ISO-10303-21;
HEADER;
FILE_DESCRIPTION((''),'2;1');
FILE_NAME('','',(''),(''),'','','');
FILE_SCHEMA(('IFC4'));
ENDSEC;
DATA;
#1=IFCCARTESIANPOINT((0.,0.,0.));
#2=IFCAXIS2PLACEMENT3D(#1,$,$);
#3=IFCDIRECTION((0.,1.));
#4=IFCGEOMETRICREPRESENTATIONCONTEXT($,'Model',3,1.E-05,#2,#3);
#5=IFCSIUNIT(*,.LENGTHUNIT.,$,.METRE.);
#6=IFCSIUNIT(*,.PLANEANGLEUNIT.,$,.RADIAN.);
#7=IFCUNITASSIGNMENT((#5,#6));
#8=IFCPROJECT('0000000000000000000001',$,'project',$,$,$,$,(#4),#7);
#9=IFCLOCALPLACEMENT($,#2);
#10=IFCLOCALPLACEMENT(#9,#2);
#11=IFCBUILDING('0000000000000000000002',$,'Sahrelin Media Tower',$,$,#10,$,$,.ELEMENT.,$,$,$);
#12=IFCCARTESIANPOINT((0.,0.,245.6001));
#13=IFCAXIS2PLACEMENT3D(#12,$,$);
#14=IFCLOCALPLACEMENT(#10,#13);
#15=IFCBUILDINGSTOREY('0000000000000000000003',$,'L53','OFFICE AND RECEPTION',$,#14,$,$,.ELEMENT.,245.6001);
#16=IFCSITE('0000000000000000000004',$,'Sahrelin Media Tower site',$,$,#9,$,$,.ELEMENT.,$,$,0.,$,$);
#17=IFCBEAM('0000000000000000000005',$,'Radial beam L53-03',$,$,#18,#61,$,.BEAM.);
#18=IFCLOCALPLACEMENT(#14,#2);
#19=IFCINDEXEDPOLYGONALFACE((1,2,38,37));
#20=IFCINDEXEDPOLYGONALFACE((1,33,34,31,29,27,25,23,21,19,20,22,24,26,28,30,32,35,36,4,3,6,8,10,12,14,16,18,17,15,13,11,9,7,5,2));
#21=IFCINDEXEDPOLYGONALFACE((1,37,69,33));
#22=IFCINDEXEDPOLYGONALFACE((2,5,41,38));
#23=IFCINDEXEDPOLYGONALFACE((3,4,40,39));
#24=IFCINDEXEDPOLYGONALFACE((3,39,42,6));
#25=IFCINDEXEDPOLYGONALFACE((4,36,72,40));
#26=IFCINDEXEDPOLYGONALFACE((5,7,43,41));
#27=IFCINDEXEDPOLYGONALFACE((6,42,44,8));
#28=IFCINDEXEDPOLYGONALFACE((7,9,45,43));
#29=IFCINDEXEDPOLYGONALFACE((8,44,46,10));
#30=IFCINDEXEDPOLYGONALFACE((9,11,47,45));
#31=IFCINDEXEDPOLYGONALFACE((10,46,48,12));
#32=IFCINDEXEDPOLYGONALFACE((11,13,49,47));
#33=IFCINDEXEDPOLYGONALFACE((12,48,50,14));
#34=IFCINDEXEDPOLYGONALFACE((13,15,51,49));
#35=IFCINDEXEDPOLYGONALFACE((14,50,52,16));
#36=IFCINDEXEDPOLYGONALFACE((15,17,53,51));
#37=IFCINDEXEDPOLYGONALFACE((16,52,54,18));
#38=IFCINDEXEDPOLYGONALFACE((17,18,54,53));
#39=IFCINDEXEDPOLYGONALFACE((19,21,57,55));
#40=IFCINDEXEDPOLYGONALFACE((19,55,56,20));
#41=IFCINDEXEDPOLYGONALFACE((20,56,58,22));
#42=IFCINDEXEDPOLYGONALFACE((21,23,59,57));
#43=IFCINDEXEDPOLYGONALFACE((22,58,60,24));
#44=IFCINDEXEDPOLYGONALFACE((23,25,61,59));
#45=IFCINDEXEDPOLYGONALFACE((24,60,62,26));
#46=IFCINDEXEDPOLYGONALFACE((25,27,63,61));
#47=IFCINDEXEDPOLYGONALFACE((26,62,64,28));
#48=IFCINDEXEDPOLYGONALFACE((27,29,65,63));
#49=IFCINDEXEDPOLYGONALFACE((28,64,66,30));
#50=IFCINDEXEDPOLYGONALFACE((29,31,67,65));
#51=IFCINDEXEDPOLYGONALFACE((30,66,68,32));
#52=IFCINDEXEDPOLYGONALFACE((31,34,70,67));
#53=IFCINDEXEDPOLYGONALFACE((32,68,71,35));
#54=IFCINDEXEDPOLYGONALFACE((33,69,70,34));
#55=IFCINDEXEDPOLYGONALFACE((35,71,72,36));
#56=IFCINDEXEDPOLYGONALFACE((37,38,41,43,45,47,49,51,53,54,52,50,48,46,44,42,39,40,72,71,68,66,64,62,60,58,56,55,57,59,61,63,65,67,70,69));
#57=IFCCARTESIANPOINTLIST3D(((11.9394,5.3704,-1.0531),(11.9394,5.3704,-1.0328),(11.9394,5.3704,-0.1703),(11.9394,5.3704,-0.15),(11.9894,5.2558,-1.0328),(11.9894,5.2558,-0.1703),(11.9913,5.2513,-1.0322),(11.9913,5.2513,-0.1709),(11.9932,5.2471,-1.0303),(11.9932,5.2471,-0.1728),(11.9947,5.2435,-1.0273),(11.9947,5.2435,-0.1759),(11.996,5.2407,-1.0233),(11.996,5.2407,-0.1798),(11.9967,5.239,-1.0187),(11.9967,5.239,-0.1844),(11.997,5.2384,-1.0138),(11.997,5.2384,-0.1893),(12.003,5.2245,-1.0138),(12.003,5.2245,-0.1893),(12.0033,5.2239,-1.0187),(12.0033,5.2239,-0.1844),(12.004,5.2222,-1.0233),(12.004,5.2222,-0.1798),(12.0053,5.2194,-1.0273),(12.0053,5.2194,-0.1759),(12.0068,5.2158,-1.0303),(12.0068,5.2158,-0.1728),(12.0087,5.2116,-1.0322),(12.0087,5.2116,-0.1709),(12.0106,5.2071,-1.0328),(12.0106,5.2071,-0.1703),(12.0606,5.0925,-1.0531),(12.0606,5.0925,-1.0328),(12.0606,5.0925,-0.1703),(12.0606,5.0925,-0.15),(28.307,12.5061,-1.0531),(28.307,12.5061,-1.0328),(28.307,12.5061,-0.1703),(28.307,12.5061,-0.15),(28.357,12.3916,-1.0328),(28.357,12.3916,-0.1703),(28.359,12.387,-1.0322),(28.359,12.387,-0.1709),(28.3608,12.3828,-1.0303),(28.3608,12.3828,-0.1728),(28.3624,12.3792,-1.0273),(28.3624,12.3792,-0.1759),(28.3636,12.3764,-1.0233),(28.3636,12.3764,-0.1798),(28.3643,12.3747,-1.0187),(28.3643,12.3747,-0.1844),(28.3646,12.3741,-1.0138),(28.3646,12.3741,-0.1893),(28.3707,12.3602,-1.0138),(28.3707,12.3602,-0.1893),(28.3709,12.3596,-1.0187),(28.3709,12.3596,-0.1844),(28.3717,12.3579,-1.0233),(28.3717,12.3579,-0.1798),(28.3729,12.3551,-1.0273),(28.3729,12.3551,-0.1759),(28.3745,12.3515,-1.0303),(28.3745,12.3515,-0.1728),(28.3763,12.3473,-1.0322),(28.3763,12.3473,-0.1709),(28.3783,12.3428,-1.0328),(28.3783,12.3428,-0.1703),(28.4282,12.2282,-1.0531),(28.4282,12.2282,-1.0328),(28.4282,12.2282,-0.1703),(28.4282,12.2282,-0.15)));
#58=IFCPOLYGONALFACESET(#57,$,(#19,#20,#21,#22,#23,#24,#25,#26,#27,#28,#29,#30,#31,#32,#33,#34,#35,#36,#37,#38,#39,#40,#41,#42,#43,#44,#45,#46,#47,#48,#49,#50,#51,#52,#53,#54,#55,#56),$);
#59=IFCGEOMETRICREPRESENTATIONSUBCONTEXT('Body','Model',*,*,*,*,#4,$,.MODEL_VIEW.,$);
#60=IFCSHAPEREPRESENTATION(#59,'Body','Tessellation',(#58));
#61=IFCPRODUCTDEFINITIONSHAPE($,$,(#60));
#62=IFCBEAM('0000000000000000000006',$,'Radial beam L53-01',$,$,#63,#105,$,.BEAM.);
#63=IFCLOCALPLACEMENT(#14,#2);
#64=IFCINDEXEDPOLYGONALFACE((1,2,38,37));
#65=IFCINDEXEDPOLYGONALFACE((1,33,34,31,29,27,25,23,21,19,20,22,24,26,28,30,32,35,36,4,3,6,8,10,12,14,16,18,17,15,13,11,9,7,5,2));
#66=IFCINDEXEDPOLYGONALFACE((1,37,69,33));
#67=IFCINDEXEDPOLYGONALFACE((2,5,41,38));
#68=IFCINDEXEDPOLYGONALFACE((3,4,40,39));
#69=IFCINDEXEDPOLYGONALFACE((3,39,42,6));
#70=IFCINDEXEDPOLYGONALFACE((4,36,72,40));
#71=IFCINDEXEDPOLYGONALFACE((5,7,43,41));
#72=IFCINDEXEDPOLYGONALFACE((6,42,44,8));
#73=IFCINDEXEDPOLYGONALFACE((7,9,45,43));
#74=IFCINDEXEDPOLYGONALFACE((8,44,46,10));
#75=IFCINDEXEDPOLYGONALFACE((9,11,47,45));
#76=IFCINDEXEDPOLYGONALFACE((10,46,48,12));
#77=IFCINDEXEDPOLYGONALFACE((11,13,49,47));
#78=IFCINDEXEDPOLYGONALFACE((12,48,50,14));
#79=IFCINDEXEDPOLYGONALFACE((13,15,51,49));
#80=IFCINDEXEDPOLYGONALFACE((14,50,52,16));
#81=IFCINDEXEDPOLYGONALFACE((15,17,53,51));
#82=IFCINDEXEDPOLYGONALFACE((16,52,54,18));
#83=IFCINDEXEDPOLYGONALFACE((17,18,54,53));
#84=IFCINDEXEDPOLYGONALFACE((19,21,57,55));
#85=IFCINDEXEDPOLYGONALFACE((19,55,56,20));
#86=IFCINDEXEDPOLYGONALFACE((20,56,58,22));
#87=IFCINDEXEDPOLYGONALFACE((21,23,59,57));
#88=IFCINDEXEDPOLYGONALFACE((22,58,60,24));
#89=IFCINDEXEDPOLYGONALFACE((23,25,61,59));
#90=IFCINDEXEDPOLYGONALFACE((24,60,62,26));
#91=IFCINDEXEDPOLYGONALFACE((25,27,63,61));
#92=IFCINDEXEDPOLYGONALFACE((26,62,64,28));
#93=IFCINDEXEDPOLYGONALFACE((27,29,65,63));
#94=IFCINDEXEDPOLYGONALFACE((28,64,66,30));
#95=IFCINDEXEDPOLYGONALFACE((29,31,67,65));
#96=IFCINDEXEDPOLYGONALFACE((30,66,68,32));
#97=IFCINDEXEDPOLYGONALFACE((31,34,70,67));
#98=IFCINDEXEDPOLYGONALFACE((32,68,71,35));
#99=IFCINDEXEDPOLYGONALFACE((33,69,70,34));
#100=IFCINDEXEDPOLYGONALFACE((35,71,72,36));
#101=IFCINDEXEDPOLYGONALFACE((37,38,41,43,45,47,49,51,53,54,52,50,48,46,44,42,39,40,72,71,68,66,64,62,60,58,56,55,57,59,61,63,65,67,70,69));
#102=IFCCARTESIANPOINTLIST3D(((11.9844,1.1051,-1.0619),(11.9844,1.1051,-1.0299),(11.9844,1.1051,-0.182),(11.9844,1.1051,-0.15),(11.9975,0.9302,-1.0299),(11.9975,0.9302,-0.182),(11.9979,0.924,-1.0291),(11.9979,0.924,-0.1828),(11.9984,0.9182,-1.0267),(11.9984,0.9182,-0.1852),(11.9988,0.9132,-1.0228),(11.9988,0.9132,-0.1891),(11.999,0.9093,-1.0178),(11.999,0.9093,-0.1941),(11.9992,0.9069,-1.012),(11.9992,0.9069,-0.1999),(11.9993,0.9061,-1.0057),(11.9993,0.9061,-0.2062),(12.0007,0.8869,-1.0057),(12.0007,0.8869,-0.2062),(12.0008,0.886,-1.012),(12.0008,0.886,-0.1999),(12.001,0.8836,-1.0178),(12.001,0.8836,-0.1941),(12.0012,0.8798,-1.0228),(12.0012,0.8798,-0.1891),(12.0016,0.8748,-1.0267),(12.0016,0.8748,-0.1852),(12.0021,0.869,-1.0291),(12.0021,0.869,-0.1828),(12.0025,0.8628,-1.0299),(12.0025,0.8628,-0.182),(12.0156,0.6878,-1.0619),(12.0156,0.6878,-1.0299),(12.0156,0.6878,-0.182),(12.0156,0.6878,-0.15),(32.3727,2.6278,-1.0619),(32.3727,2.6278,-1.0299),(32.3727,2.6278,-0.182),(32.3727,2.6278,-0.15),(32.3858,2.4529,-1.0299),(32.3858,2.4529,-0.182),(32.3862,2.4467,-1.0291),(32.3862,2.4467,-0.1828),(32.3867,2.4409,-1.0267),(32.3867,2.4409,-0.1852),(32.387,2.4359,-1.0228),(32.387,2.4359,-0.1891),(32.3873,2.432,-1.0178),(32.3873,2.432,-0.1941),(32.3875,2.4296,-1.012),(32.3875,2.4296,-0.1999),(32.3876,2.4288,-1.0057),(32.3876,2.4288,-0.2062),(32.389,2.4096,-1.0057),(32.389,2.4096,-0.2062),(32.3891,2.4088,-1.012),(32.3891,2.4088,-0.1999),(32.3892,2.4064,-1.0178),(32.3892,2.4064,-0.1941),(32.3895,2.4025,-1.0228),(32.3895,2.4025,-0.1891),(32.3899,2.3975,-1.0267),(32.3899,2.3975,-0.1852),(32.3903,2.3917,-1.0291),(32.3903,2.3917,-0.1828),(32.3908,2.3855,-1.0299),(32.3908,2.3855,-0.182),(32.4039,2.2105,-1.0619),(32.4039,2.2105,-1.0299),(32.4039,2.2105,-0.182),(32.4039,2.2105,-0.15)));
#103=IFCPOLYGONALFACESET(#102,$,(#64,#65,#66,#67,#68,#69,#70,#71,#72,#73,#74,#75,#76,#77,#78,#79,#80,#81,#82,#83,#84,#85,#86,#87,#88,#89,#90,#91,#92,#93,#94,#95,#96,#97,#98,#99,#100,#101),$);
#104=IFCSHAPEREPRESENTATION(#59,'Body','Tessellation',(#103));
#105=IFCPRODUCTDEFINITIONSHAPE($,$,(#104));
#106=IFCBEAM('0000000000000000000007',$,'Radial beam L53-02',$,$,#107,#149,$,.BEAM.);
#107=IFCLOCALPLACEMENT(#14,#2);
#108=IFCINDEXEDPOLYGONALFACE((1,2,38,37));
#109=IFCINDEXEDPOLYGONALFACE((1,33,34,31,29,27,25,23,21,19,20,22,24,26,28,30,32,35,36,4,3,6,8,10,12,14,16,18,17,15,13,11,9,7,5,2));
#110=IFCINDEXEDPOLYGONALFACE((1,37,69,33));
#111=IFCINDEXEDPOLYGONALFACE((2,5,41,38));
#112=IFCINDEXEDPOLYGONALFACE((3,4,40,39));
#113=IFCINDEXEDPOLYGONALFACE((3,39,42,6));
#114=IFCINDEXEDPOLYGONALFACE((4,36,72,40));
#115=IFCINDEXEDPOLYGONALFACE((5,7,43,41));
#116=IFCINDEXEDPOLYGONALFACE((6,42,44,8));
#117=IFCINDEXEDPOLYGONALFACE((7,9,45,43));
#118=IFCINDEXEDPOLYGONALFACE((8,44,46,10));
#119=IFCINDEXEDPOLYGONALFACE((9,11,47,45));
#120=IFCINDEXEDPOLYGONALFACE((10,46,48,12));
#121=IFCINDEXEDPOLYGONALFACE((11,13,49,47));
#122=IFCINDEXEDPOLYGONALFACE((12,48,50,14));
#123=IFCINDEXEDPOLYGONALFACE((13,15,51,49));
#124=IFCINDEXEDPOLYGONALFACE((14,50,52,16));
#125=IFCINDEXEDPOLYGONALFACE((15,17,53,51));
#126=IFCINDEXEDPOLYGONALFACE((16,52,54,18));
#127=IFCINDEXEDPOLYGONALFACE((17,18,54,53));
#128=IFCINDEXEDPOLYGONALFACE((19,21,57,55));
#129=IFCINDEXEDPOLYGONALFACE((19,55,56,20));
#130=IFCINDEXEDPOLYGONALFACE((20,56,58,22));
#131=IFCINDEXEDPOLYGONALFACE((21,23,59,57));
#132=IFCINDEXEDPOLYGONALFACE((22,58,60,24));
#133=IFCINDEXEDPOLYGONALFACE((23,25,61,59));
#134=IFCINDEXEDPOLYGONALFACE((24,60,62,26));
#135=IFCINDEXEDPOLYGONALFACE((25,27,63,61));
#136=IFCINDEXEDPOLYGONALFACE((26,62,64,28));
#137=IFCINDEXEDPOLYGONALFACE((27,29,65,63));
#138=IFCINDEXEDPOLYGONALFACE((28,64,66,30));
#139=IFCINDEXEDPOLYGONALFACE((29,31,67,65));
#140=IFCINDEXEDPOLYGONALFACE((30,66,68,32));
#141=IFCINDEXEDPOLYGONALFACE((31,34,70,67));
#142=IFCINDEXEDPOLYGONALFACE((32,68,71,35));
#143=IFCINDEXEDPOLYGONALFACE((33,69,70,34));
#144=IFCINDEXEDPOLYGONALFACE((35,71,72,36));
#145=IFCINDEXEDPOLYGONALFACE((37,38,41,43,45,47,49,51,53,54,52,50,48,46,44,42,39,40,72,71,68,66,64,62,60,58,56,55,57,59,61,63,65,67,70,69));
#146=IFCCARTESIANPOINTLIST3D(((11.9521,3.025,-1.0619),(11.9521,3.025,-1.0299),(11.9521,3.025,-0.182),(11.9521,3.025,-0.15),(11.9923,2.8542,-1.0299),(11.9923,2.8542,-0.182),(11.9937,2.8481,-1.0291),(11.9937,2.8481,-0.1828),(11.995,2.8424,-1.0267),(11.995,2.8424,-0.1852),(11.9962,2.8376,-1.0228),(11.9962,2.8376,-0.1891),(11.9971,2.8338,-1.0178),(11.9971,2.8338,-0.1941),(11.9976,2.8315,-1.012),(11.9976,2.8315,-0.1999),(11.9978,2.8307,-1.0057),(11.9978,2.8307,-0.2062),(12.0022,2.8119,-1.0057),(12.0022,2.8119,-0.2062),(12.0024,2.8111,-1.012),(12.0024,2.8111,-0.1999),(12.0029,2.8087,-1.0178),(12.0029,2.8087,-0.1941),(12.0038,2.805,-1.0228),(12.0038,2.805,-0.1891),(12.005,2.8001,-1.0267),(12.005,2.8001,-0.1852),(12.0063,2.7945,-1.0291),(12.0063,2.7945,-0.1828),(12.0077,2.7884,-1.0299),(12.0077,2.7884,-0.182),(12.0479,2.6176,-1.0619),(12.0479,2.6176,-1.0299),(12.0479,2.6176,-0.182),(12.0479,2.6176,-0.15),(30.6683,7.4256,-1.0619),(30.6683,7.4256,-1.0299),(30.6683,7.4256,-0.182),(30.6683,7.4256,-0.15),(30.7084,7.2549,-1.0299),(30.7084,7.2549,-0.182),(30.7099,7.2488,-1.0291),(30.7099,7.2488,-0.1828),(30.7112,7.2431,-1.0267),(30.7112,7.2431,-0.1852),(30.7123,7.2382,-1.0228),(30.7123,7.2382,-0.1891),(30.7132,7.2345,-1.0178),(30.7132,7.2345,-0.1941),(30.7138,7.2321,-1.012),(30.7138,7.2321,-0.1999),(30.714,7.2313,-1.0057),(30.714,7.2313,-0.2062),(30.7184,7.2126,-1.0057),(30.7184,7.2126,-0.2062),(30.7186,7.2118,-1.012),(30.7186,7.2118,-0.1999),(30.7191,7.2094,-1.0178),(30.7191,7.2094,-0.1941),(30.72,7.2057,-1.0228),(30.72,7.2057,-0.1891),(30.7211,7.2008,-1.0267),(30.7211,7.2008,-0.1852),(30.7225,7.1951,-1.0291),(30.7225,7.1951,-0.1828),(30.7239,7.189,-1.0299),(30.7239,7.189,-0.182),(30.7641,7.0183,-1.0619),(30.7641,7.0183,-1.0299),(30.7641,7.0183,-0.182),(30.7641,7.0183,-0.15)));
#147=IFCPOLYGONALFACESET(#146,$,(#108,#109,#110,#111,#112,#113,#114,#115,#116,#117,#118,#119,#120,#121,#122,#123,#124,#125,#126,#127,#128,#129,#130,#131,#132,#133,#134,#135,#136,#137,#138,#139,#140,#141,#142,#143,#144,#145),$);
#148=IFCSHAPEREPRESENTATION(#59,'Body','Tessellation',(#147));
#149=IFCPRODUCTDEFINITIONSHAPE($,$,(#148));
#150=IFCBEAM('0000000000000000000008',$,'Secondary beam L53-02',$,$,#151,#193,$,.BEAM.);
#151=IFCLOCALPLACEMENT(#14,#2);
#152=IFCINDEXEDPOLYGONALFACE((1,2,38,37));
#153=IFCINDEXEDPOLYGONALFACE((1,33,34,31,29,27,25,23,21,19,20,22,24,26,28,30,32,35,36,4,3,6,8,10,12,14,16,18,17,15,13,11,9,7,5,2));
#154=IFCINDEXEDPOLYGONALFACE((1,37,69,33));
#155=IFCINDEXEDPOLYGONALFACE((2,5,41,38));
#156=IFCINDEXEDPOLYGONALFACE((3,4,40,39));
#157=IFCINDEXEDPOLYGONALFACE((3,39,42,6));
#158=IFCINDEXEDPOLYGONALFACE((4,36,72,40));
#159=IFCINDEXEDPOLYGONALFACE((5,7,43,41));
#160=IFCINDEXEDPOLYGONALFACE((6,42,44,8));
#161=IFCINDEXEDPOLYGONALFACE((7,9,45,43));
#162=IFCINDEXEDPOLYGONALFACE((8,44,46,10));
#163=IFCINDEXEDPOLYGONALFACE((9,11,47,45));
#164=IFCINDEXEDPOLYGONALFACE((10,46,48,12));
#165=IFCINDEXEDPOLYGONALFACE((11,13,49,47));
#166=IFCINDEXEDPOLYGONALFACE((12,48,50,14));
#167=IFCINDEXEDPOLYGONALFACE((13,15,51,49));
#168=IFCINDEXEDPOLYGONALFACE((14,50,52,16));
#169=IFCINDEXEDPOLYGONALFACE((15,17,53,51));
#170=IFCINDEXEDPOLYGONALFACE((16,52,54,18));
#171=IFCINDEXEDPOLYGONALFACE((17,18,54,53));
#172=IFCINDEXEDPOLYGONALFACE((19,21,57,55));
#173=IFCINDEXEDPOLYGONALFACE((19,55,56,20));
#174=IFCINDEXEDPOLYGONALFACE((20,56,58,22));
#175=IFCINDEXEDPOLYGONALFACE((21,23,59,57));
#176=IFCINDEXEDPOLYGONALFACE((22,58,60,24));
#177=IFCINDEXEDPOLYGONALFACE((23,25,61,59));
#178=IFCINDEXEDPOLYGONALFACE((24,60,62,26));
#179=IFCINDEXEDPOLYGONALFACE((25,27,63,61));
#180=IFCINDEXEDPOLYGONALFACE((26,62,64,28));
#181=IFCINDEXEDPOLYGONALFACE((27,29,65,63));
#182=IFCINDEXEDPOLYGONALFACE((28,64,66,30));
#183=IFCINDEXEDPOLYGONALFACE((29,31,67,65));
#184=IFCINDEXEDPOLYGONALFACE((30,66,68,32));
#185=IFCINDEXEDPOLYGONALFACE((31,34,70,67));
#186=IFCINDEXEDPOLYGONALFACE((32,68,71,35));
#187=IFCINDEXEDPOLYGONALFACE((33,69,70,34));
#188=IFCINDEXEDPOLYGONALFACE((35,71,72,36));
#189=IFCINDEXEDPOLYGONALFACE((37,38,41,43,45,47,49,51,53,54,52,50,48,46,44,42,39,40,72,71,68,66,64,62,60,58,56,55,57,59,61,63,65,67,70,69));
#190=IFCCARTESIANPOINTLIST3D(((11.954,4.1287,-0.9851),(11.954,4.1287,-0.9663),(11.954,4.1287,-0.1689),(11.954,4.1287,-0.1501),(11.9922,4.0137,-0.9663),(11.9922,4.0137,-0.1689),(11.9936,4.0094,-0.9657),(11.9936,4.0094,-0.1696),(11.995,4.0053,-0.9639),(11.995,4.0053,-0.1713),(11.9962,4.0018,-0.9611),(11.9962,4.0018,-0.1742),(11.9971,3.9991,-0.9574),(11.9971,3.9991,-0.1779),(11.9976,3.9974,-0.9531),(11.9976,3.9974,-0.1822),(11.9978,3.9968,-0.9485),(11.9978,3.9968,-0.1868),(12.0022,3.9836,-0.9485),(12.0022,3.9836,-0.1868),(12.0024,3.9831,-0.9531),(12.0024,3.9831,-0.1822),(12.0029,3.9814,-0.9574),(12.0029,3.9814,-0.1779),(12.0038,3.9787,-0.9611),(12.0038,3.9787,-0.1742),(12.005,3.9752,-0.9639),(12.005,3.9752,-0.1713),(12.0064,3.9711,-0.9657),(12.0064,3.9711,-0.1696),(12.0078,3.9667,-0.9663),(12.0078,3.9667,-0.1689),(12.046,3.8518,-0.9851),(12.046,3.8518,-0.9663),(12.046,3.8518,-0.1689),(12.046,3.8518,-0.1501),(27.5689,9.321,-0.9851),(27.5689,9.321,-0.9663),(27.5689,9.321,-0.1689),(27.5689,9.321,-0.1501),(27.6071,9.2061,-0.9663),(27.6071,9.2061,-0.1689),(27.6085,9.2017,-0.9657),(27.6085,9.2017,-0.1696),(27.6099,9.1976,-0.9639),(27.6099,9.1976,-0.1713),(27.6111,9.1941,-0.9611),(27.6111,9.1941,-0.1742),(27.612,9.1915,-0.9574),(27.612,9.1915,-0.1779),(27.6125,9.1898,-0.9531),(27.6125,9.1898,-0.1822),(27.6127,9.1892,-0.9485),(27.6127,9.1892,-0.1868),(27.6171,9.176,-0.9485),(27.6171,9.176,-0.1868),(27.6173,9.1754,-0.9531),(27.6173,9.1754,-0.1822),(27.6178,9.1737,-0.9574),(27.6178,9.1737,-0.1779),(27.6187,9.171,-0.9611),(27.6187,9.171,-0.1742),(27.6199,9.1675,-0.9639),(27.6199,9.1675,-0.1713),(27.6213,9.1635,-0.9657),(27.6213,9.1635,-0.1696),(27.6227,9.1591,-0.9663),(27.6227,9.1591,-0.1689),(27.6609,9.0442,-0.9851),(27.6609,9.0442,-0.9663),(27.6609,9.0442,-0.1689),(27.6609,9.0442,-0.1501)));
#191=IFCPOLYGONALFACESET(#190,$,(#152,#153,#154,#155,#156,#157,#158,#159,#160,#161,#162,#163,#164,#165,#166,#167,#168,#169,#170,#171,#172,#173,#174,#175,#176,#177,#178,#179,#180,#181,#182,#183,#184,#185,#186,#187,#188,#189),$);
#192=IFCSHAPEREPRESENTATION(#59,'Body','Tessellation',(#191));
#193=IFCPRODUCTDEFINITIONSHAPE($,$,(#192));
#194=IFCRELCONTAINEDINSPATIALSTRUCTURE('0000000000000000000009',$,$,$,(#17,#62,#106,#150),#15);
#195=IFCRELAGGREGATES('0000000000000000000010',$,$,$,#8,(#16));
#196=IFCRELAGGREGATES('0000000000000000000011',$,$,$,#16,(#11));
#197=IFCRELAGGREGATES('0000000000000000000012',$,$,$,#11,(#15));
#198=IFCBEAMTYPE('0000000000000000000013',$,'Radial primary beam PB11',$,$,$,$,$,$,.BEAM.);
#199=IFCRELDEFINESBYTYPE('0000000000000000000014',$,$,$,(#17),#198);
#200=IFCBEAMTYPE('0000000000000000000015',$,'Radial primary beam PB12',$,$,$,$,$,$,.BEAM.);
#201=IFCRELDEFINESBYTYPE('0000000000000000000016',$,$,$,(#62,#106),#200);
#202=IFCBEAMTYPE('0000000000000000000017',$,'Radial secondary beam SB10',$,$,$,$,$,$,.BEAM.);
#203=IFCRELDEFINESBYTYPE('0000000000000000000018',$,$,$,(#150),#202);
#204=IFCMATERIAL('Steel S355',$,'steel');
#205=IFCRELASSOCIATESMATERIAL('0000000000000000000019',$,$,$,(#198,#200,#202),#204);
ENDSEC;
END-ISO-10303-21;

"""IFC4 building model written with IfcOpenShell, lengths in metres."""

from ifc_helpers import new_model, si_unit, direction, frame, origin, origin_2d, place, context, subcontext, project, spatial, i_section, extrude, material, material_profile, profile_set, type_object, element, save


model = new_model("IFC4")

# Units and contexts
model_context = context("Model", 3, precision=1e-05, world=origin(), true_north=direction((0.0, 1.0)))
body_context = subcontext(model_context, "Body", "Model", "MODEL_VIEW")
ifc_project = project(units=[si_unit("LENGTHUNIT", "METRE"), si_unit("PLANEANGLEUNIT", "RADIAN")], contexts=[model_context])

# Site, building, storey
site_placement = place(None, origin())
site = spatial("IfcSite", under=ifc_project, at=site_placement, Name="Sahrelin Media Tower site", CompositionType="ELEMENT", RefElevation=0.0)
building_placement = place(site_placement, origin())
building = spatial("IfcBuilding", under=site, at=building_placement, Name="Sahrelin Media Tower", CompositionType="ELEMENT")
storey_placement = place(building_placement, frame((0.0, 0.0, 245.6001)))
storey = spatial("IfcBuildingStorey", under=building, at=storey_placement, Name="L53", Description="OFFICE AND RECEPTION", CompositionType="ELEMENT", Elevation=245.6001)

# Beams
ifc_material_1 = material(Name="Steel S355", Category="steel")
ifc_material_profile_1 = material_profile(ifc_material_1, i_section(OverallWidth=0.3032, OverallDepth=0.9031, WebThickness=0.0151, FlangeThickness=0.0203, FilletRadius=0.019, at=origin_2d()), Name="UB 914x305x201")
ifc_profile_set_1 = profile_set([ifc_material_profile_1], Name="Steel S355")
beam_type_1 = type_object("IfcBeamType", Name="Radial primary beam PB11", PredefinedType="BEAM", material=ifc_profile_set_1)
beam_1_placement = place(storey_placement, frame((12.0, 5.2314, -0.6016), z_axis=(0.916673, 0.399638, 0.0), x_axis=(-0.399638, 0.916673, 0.0)))
element("IfcBeam", 1, at=beam_1_placement, inside=storey, type_object=beam_type_1, Name="Radial beam L53-03", PredefinedType="BEAM", context=body_context, shape_type="SweptSolid", body=[
    extrude(i_section(OverallWidth=0.3032, OverallDepth=0.9031, WebThickness=0.0151, FlangeThickness=0.0203, FilletRadius=0.019, at=origin_2d()), origin(), (0.0, 0.0, 1.0), 17.8555),
])
ifc_material_profile_2 = material_profile(ifc_material_1, i_section(OverallWidth=0.4185, OverallDepth=0.9119, WebThickness=0.0193, FlangeThickness=0.032, FilletRadius=0.0242, at=origin_2d()), Name="UB 914x419x343")
ifc_profile_set_2 = profile_set([ifc_material_profile_2], Name="Steel S355")
beam_type_2 = type_object("IfcBeamType", Name="Radial primary beam PB12", PredefinedType="BEAM", material=ifc_profile_set_2)
beam_2_placement = place(storey_placement, frame((12.0, 0.8965, -0.606), z_axis=(0.997223, 0.074478, 0.0), x_axis=(-0.074478, 0.997223, 0.0)))
element("IfcBeam", 2, at=beam_2_placement, inside=storey, type_object=beam_type_2, Name="Radial beam L53-01", PredefinedType="BEAM", context=body_context, shape_type="SweptSolid", body=[
    extrude(i_section(OverallWidth=0.4185, OverallDepth=0.9119, WebThickness=0.0193, FlangeThickness=0.032, FilletRadius=0.0242, at=origin_2d()), origin(), (0.0, 0.0, 1.0), 20.4451),
])
beam_3_placement = place(storey_placement, frame((12.0, 2.8213, -0.606), z_axis=(0.973454, 0.228884, 0.0), x_axis=(-0.228884, 0.973454, 0.0)))
element("IfcBeam", 3, at=beam_3_placement, inside=storey, type_object=beam_type_2, Name="Radial beam L53-02", PredefinedType="BEAM", context=body_context, shape_type="SweptSolid", body=[
    extrude(i_section(OverallWidth=0.4185, OverallDepth=0.9119, WebThickness=0.0193, FlangeThickness=0.032, FilletRadius=0.0242, at=origin_2d()), origin(), (0.0, 0.0, 1.0), 19.2266),
])
ifc_material_profile_3 = material_profile(ifc_material_1, i_section(OverallWidth=0.2917, OverallDepth=0.835, WebThickness=0.0139, FlangeThickness=0.0188, FilletRadius=0.0178, at=origin_2d()), Name="UB 838x292x176")
ifc_profile_set_3 = profile_set([ifc_material_profile_3], Name="Steel S355")
beam_type_3 = type_object("IfcBeamType", Name="Radial secondary beam SB10", PredefinedType="BEAM", material=ifc_profile_set_3)
beam_4_placement = place(storey_placement, frame((12.0, 3.9902, -0.5676), z_axis=(0.948913, 0.315538, 0.0), x_axis=(-0.315538, 0.948913, 0.0)))
element("IfcBeam", 4, at=beam_4_placement, inside=storey, type_object=beam_type_3, Name="Secondary beam L53-02", PredefinedType="BEAM", context=body_context, shape_type="SweptSolid", body=[
    extrude(i_section(OverallWidth=0.2917, OverallDepth=0.835, WebThickness=0.0139, FlangeThickness=0.0188, FilletRadius=0.0178, at=origin_2d()), origin(), (0.0, 0.0, 1.0), 16.4556),
])

save(model, "model.ifc")
